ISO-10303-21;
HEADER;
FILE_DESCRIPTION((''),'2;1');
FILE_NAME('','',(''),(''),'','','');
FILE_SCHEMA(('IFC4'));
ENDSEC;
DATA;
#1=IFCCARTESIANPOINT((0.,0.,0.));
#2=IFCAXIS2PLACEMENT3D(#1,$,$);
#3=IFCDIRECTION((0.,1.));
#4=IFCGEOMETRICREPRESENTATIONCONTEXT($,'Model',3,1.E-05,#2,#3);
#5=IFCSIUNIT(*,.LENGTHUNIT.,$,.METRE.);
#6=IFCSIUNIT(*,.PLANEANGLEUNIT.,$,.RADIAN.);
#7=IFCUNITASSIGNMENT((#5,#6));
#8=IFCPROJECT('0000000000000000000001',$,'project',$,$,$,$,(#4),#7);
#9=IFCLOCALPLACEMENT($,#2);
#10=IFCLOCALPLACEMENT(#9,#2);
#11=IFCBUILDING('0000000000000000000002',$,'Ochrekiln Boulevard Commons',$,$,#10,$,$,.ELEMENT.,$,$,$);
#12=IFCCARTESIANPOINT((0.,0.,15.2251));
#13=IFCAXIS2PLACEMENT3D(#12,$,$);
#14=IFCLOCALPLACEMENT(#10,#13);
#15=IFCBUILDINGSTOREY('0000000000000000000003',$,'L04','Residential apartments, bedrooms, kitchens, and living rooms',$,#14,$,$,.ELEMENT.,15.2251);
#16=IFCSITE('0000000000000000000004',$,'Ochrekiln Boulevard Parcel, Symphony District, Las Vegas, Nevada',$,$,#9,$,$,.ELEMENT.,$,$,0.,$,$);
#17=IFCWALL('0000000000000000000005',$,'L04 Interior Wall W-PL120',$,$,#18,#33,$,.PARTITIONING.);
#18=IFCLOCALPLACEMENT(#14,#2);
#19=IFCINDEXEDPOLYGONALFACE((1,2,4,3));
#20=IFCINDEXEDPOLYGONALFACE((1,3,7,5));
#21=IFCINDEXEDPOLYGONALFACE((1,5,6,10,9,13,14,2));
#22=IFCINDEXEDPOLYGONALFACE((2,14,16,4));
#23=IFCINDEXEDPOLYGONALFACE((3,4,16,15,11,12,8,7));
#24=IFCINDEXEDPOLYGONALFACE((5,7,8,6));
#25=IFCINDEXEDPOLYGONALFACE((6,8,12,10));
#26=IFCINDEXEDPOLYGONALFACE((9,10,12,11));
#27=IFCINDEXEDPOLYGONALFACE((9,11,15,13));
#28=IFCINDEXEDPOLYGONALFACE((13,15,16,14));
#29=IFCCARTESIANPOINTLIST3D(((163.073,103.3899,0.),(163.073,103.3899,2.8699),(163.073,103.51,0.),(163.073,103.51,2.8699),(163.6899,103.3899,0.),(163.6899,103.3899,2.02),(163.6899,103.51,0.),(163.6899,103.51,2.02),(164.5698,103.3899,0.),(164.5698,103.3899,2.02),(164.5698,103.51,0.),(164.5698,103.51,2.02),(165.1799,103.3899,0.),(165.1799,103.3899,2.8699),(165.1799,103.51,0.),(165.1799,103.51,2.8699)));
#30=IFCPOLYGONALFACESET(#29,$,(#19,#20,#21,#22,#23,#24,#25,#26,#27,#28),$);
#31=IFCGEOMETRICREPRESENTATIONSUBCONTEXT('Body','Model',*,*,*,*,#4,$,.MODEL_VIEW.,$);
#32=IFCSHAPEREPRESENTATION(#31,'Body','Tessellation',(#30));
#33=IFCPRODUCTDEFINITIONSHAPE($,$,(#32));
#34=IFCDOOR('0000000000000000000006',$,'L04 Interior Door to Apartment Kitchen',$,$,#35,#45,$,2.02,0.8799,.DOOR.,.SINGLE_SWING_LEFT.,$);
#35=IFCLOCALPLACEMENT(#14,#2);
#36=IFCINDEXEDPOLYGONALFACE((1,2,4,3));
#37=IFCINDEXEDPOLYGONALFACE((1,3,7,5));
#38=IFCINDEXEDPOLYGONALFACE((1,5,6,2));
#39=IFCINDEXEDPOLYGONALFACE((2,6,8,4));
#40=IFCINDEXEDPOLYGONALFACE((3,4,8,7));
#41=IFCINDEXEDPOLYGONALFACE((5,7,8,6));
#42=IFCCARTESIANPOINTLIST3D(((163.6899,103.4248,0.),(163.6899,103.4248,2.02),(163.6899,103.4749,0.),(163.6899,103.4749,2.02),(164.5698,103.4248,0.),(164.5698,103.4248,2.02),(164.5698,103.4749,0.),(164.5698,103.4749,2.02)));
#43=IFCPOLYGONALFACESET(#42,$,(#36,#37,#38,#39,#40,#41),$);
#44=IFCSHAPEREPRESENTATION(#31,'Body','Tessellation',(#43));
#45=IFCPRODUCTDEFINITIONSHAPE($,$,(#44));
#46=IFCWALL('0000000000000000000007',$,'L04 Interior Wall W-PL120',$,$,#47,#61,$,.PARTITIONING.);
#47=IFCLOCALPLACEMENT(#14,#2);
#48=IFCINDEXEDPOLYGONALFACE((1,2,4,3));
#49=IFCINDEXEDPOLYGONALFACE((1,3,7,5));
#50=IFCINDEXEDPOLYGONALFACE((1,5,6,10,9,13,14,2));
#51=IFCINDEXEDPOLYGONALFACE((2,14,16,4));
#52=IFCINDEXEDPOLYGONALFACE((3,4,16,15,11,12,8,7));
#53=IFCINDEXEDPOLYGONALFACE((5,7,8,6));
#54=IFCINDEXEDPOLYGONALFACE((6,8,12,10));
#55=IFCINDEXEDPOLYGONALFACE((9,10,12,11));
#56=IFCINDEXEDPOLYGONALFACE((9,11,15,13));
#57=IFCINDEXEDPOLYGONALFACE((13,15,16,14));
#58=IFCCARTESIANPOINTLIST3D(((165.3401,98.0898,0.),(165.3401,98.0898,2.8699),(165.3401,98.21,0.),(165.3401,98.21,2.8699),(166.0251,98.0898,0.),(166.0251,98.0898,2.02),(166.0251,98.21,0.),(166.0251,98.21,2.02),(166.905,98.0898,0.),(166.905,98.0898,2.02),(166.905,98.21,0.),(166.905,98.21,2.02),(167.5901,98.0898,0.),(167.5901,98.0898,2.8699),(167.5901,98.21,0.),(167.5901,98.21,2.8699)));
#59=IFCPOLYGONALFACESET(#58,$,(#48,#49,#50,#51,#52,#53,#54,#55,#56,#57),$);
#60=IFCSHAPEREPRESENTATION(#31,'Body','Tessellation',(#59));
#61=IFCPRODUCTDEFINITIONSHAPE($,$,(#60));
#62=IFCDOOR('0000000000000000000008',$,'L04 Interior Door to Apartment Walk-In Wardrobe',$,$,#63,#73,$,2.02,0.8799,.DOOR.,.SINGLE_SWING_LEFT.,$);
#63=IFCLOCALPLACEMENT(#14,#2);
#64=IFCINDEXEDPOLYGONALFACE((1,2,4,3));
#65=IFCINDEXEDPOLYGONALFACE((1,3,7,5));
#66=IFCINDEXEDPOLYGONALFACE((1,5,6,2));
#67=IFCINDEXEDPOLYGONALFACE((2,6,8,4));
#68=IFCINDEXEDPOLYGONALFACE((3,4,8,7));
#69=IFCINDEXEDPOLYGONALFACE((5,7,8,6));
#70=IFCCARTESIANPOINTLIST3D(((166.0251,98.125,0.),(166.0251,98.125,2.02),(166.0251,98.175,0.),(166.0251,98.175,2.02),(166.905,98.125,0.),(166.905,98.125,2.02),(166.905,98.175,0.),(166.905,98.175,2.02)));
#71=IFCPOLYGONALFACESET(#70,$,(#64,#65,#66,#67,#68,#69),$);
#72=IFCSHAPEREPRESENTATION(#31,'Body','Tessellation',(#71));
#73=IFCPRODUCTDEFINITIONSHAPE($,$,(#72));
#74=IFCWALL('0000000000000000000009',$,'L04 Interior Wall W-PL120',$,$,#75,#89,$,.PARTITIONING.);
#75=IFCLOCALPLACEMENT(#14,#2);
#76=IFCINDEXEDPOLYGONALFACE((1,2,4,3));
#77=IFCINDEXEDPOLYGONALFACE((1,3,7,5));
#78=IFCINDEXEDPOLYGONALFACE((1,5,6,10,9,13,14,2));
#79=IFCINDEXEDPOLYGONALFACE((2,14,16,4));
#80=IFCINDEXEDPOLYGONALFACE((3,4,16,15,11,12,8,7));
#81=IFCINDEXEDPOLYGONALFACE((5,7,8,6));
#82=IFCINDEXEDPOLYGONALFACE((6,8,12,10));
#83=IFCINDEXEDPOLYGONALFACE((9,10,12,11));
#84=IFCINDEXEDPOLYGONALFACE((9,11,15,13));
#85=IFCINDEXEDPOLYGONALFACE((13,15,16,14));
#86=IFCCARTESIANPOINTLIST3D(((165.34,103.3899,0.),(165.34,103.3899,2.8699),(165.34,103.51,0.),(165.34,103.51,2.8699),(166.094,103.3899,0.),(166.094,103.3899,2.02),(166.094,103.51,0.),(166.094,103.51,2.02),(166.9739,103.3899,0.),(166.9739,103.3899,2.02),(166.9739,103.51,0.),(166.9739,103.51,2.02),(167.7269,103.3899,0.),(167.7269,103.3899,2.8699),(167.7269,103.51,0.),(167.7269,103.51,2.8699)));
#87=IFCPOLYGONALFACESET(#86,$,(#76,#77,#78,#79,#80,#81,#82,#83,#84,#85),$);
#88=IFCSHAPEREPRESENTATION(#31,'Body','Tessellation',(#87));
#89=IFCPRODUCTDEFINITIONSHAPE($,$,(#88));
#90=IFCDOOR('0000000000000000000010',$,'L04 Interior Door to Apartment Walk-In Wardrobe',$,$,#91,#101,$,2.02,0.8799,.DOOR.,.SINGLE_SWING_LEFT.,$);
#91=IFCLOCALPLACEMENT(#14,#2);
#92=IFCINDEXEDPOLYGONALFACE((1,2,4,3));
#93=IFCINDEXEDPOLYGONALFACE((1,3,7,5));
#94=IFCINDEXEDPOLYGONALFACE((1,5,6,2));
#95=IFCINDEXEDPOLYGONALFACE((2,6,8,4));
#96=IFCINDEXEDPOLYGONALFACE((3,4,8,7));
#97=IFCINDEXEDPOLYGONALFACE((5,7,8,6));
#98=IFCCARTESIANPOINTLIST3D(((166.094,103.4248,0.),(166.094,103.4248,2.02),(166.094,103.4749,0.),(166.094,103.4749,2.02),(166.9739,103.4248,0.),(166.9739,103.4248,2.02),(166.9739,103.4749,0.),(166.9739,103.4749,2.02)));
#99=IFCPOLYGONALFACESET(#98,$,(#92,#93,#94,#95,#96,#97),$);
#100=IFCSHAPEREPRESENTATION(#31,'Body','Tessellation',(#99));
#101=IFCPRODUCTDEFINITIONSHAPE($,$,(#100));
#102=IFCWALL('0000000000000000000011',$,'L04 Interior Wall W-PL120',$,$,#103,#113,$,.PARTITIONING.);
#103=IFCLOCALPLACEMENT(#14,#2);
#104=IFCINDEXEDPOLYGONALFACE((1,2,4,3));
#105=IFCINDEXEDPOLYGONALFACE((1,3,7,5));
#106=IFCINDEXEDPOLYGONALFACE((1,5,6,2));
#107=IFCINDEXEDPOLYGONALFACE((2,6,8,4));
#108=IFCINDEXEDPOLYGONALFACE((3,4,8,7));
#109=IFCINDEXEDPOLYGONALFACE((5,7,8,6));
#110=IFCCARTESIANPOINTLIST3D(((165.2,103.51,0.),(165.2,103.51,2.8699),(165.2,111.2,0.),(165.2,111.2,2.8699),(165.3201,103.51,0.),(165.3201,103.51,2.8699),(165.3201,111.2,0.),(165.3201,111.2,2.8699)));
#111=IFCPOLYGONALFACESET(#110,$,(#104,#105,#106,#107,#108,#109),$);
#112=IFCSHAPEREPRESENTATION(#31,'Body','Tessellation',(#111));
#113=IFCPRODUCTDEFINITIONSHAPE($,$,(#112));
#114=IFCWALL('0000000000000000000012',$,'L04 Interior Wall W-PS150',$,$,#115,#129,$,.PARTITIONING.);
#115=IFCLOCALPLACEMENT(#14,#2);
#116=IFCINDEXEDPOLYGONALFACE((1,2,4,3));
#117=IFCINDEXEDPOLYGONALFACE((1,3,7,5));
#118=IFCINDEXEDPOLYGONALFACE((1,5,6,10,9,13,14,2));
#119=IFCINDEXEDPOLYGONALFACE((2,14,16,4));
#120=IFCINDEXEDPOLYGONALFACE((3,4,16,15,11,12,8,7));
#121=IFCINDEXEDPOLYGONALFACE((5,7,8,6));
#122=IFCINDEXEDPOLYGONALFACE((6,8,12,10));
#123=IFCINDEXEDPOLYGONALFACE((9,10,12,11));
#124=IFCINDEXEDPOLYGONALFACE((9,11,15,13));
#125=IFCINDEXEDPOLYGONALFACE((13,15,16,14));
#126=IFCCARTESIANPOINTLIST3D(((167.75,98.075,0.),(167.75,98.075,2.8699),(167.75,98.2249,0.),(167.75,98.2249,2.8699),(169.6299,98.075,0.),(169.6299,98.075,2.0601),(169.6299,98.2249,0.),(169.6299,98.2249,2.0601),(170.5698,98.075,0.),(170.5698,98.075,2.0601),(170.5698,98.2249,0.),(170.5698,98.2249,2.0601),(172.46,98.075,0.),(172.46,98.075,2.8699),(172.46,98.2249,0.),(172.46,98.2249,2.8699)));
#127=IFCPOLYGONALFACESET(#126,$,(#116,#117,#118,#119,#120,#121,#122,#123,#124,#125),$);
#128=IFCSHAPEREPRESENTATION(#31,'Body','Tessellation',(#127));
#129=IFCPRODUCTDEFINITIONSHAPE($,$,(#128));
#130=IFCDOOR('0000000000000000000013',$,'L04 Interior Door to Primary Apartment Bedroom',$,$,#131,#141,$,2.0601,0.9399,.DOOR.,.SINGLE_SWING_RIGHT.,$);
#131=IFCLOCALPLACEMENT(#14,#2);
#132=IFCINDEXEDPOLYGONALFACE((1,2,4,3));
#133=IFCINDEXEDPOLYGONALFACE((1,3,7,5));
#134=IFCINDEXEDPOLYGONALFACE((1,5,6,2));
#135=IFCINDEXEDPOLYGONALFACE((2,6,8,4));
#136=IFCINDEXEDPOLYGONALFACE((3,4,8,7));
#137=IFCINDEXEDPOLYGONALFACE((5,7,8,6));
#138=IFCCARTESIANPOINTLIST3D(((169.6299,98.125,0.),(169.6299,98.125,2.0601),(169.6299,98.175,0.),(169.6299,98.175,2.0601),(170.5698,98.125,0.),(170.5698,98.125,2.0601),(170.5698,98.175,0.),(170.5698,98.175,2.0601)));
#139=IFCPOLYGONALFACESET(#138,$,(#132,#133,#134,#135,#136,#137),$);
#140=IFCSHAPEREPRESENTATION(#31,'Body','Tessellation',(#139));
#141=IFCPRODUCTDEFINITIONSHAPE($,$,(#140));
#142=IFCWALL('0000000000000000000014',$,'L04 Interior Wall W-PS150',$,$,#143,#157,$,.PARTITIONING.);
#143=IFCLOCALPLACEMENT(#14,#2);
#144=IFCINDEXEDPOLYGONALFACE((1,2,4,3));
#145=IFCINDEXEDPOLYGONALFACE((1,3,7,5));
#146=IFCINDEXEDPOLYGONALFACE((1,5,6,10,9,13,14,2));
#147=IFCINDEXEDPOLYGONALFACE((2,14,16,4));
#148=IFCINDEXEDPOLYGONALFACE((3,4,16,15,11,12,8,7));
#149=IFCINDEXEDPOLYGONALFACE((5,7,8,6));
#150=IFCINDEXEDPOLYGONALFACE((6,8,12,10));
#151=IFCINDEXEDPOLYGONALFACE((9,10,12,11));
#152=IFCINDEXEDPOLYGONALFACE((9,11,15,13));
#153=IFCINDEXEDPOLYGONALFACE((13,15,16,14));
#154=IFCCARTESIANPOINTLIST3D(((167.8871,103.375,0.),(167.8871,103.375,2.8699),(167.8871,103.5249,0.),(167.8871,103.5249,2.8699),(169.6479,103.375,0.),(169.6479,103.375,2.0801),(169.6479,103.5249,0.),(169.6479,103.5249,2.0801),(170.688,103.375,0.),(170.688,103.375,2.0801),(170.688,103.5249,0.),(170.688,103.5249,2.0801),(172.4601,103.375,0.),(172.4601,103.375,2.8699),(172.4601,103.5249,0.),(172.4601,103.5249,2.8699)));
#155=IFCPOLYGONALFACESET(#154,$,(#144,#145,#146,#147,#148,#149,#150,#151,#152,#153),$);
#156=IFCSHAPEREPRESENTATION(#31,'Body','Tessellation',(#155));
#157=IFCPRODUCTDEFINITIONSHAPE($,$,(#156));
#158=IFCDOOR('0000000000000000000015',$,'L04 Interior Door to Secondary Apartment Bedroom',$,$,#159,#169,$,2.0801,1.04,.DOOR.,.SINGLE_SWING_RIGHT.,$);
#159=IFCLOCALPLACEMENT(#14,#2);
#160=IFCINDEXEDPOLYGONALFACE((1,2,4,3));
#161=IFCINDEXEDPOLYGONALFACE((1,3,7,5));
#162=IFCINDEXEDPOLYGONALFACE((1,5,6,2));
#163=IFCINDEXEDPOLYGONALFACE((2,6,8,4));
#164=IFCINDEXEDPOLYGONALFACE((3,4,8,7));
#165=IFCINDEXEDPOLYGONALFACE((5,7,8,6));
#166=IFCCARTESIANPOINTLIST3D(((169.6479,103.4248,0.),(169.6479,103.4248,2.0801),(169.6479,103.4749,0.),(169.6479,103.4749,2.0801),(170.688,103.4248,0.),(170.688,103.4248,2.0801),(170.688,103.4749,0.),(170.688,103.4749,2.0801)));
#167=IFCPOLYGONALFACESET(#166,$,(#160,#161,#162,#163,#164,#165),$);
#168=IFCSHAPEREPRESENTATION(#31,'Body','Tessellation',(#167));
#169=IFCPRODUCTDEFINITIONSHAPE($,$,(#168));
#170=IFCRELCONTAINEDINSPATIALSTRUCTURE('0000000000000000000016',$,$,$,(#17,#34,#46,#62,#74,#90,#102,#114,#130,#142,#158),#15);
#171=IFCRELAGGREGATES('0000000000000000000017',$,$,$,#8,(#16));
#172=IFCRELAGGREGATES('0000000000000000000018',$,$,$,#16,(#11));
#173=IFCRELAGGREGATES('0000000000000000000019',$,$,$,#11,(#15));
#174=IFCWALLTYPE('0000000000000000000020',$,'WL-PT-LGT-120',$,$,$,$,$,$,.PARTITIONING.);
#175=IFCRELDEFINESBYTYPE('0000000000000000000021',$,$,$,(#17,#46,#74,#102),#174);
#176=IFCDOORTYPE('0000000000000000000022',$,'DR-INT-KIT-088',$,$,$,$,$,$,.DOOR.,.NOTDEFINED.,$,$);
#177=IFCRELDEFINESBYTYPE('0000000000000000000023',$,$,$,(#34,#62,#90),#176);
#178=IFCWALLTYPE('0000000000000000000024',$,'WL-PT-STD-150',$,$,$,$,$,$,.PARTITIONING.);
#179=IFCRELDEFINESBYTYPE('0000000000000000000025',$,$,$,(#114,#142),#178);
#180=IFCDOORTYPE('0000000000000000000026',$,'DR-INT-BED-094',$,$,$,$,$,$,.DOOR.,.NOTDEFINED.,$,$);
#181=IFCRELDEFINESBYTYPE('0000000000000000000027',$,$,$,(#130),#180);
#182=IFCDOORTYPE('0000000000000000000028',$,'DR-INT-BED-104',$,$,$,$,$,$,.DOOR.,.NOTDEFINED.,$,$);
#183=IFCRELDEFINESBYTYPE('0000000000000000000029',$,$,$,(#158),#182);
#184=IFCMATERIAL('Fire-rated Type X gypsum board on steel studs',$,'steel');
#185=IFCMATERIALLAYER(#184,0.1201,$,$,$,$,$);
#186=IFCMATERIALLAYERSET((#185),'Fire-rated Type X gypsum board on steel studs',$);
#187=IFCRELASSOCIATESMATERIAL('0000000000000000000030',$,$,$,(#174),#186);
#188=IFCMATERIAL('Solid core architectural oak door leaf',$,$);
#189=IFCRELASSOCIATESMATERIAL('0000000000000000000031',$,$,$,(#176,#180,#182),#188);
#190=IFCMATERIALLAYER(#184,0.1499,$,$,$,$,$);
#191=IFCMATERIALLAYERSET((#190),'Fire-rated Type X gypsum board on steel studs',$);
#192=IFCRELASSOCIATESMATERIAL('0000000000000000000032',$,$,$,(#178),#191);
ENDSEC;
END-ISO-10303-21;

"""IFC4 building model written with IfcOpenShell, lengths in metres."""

from ifc_helpers import new_model, si_unit, direction, frame, frame_2d, origin, place, context, subcontext, project, spatial, rectangle, extrude, material, layer, layer_set, type_object, element, fill, save


model = new_model("IFC4")

# Units and contexts
model_context = context("Model", 3, precision=1e-05, world=origin(), true_north=direction((0.0, 1.0)))
body_context = subcontext(model_context, "Body", "Model", "MODEL_VIEW")
ifc_project = project(units=[si_unit("LENGTHUNIT", "METRE"), si_unit("PLANEANGLEUNIT", "RADIAN")], contexts=[model_context])

# Site, building, storey
site_placement = place(None, origin())
site = spatial("IfcSite", under=ifc_project, at=site_placement, Name="Ochrekiln Boulevard Parcel, Symphony District, Las Vegas, Nevada", CompositionType="ELEMENT", RefElevation=0.0)
building_placement = place(site_placement, origin())
building = spatial("IfcBuilding", under=site, at=building_placement, Name="Ochrekiln Boulevard Commons", CompositionType="ELEMENT")
storey_placement = place(building_placement, frame((0.0, 0.0, 15.2251)))
storey = spatial("IfcBuildingStorey", under=building, at=storey_placement, Name="L04", Description="Residential apartments, bedrooms, kitchens, and living rooms", CompositionType="ELEMENT", Elevation=15.2251)

# Shared definitions
ifc_material_1 = material(Name="Solid core architectural oak door leaf")
ifc_material_2 = material(Name="Fire-rated Type X gypsum board on steel studs", Category="steel")

# Walls, openings, doors
ifc_layer_1 = layer(ifc_material_2, 0.1201)
ifc_layer_set_1 = layer_set([ifc_layer_1], Name="Fire-rated Type X gypsum board on steel studs")
wall_type_1 = type_object("IfcWallType", Name="WL-PT-LGT-120", PredefinedType="PARTITIONING", material=ifc_layer_set_1)
wall_1_placement = place(storey_placement, frame((163.073, 103.45, 0.0), z_axis=(0.0, 0.0, 1.0), x_axis=(1.0, 0.0, 0.0)))
wall_1 = element("IfcWall", 1, at=wall_1_placement, inside=storey, type_object=wall_type_1, Name="L04 Interior Wall W-PL120", PredefinedType="PARTITIONING", context=body_context, shape_type="SweptSolid", body=[
    extrude(rectangle(XDim=2.1069, YDim=0.1201, at=frame_2d((1.0535, 0.0))), origin(), (0.0, 0.0, 1.0), 2.8699),
])
opening_1_placement = place(wall_1_placement, frame((0.6169, 0.0, 0.0)))
opening_1 = element("IfcOpeningElement", 2, at=opening_1_placement, cuts=wall_1, PredefinedType="OPENING", context=body_context, shape_type="SweptSolid", body=[
    extrude(rectangle(XDim=0.8799, YDim=2.02, at=frame_2d((0.4399, 1.01))), frame((0.0, 0.0701, 0.0), z_axis=(0.0, -1.0, 0.0), x_axis=(1.0, 0.0, 0.0)), (0.0, 0.0, 1.0), 0.1401),
])
door_type_1 = type_object("IfcDoorType", Name="DR-INT-KIT-088", OperationType="NOTDEFINED", PredefinedType="DOOR", material=ifc_material_1)
door_1_placement = place(opening_1_placement, origin())
door_1 = element("IfcDoor", 3, at=door_1_placement, inside=storey, type_object=door_type_1, Name="L04 Interior Door to Apartment Kitchen", OperationType="SINGLE_SWING_LEFT", OverallHeight=2.02, OverallWidth=0.8799, PredefinedType="DOOR", context=body_context, shape_type="SweptSolid", body=[
    extrude(rectangle(XDim=0.8799, YDim=2.02, at=frame_2d((0.4399, 1.01))), frame((0.0, 0.0249, 0.0), z_axis=(0.0, -1.0, 0.0), x_axis=(1.0, 0.0, 0.0)), (0.0, 0.0, 1.0), 0.05),
])
fill(opening_1, door_1)
wall_2_placement = place(storey_placement, frame((165.3401, 98.1499, 0.0), z_axis=(0.0, 0.0, 1.0), x_axis=(1.0, 0.0, 0.0)))
wall_2 = element("IfcWall", 4, at=wall_2_placement, inside=storey, type_object=wall_type_1, Name="L04 Interior Wall W-PL120", PredefinedType="PARTITIONING", context=body_context, shape_type="SweptSolid", body=[
    extrude(rectangle(XDim=2.25, YDim=0.1201, at=frame_2d((1.125, 0.0))), origin(), (0.0, 0.0, 1.0), 2.8699),
])
opening_2_placement = place(wall_2_placement, frame((0.6851, 0.0, 0.0)))
opening_2 = element("IfcOpeningElement", 5, at=opening_2_placement, cuts=wall_2, PredefinedType="OPENING", context=body_context, shape_type="SweptSolid", body=[
    extrude(rectangle(XDim=0.8799, YDim=2.02, at=frame_2d((0.4399, 1.01))), frame((0.0, 0.0701, 0.0), z_axis=(0.0, -1.0, 0.0), x_axis=(1.0, 0.0, 0.0)), (0.0, 0.0, 1.0), 0.1401),
])
door_2_placement = place(opening_2_placement, frame((0.8799, 0.0, 0.0), z_axis=(0.0, 0.0, 1.0), x_axis=(-1.0, 0.0, 0.0)))
door_2 = element("IfcDoor", 6, at=door_2_placement, inside=storey, type_object=door_type_1, Name="L04 Interior Door to Apartment Walk-In Wardrobe", OperationType="SINGLE_SWING_LEFT", OverallHeight=2.02, OverallWidth=0.8799, PredefinedType="DOOR", context=body_context, shape_type="SweptSolid", body=[
    extrude(rectangle(XDim=0.8799, YDim=2.02, at=frame_2d((0.4399, 1.01))), frame((0.0, 0.0249, 0.0), z_axis=(0.0, -1.0, 0.0), x_axis=(1.0, 0.0, 0.0)), (0.0, 0.0, 1.0), 0.05),
])
fill(opening_2, door_2)
wall_3_placement = place(storey_placement, frame((165.3401, 103.45, 0.0), z_axis=(0.0, 0.0, 1.0), x_axis=(1.0, 0.0, 0.0)))
wall_3 = element("IfcWall", 7, at=wall_3_placement, inside=storey, type_object=wall_type_1, Name="L04 Interior Wall W-PL120", PredefinedType="PARTITIONING", context=body_context, shape_type="SweptSolid", body=[
    extrude(rectangle(XDim=2.387, YDim=0.1201, at=frame_2d((1.1934, 0.0))), origin(), (0.0, 0.0, 1.0), 2.8699),
])
opening_3_placement = place(wall_3_placement, frame((0.7539, 0.0, 0.0)))
opening_3 = element("IfcOpeningElement", 8, at=opening_3_placement, cuts=wall_3, PredefinedType="OPENING", context=body_context, shape_type="SweptSolid", body=[
    extrude(rectangle(XDim=0.8799, YDim=2.02, at=frame_2d((0.4399, 1.01))), frame((0.0, 0.0701, 0.0), z_axis=(0.0, -1.0, 0.0), x_axis=(1.0, 0.0, 0.0)), (0.0, 0.0, 1.0), 0.1401),
])
door_3_placement = place(opening_3_placement, origin())
door_3 = element("IfcDoor", 9, at=door_3_placement, inside=storey, type_object=door_type_1, Name="L04 Interior Door to Apartment Walk-In Wardrobe", OperationType="SINGLE_SWING_LEFT", OverallHeight=2.02, OverallWidth=0.8799, PredefinedType="DOOR", context=body_context, shape_type="SweptSolid", body=[
    extrude(rectangle(XDim=0.8799, YDim=2.02, at=frame_2d((0.4399, 1.01))), frame((0.0, 0.0249, 0.0), z_axis=(0.0, -1.0, 0.0), x_axis=(1.0, 0.0, 0.0)), (0.0, 0.0, 1.0), 0.05),
])
fill(opening_3, door_3)

# Wall
wall_4_placement = place(storey_placement, frame((165.26, 103.51, 0.0), z_axis=(0.0, 0.0, 1.0), x_axis=(0.0, 1.0, 0.0)))
element("IfcWall", 10, at=wall_4_placement, inside=storey, type_object=wall_type_1, Name="L04 Interior Wall W-PL120", PredefinedType="PARTITIONING", context=body_context, shape_type="SweptSolid", body=[
    extrude(rectangle(XDim=7.6899, YDim=0.1201, at=frame_2d((3.845, 0.0))), origin(), (0.0, 0.0, 1.0), 2.8699),
])

# Walls, openings, doors
ifc_layer_2 = layer(ifc_material_2, 0.1499)
ifc_layer_set_2 = layer_set([ifc_layer_2], Name="Fire-rated Type X gypsum board on steel studs")
wall_type_2 = type_object("IfcWallType", Name="WL-PT-STD-150", PredefinedType="PARTITIONING", material=ifc_layer_set_2)
wall_5_placement = place(storey_placement, frame((167.75, 98.1499, 0.0), z_axis=(0.0, 0.0, 1.0), x_axis=(1.0, 0.0, 0.0)))
wall_5 = element("IfcWall", 11, at=wall_5_placement, inside=storey, type_object=wall_type_2, Name="L04 Interior Wall W-PS150", PredefinedType="PARTITIONING", context=body_context, shape_type="SweptSolid", body=[
    extrude(rectangle(XDim=4.71, YDim=0.1499, at=frame_2d((2.355, 0.0))), origin(), (0.0, 0.0, 1.0), 2.8699),
])
opening_4_placement = place(wall_5_placement, frame((1.8799, 0.0, 0.0)))
opening_4 = element("IfcOpeningElement", 12, at=opening_4_placement, cuts=wall_5, PredefinedType="OPENING", context=body_context, shape_type="SweptSolid", body=[
    extrude(rectangle(XDim=0.9399, YDim=2.0601, at=frame_2d((0.47, 1.03))), frame((0.0, 0.085, 0.0), z_axis=(0.0, -1.0, 0.0), x_axis=(1.0, 0.0, 0.0)), (0.0, 0.0, 1.0), 0.1699),
])
door_type_2 = type_object("IfcDoorType", Name="DR-INT-BED-094", OperationType="NOTDEFINED", PredefinedType="DOOR", material=ifc_material_1)
door_4_placement = place(opening_4_placement, frame((0.9399, 0.0, 0.0), z_axis=(0.0, 0.0, 1.0), x_axis=(-1.0, 0.0, 0.0)))
door_4 = element("IfcDoor", 13, at=door_4_placement, inside=storey, type_object=door_type_2, Name="L04 Interior Door to Primary Apartment Bedroom", OperationType="SINGLE_SWING_RIGHT", OverallHeight=2.0601, OverallWidth=0.9399, PredefinedType="DOOR", context=body_context, shape_type="SweptSolid", body=[
    extrude(rectangle(XDim=0.9399, YDim=2.0601, at=frame_2d((0.47, 1.03))), frame((0.0, 0.0249, 0.0), z_axis=(0.0, -1.0, 0.0), x_axis=(1.0, 0.0, 0.0)), (0.0, 0.0, 1.0), 0.05),
])
fill(opening_4, door_4)
wall_6_placement = place(storey_placement, frame((167.887, 103.45, 0.0), z_axis=(0.0, 0.0, 1.0), x_axis=(1.0, 0.0, 0.0)))
wall_6 = element("IfcWall", 14, at=wall_6_placement, inside=storey, type_object=wall_type_2, Name="L04 Interior Wall W-PS150", PredefinedType="PARTITIONING", context=body_context, shape_type="SweptSolid", body=[
    extrude(rectangle(XDim=4.573, YDim=0.1499, at=frame_2d((2.2866, 0.0))), origin(), (0.0, 0.0, 1.0), 2.8699),
])
opening_5_placement = place(wall_6_placement, frame((1.761, 0.0, 0.0)))
opening_5 = element("IfcOpeningElement", 15, at=opening_5_placement, cuts=wall_6, PredefinedType="OPENING", context=body_context, shape_type="SweptSolid", body=[
    extrude(rectangle(XDim=1.04, YDim=2.0801, at=frame_2d((0.52, 1.04))), frame((0.0, 0.085, 0.0), z_axis=(0.0, -1.0, 0.0), x_axis=(1.0, 0.0, 0.0)), (0.0, 0.0, 1.0), 0.1699),
])
door_type_3 = type_object("IfcDoorType", Name="DR-INT-BED-104", OperationType="NOTDEFINED", PredefinedType="DOOR", material=ifc_material_1)
door_5_placement = place(opening_5_placement, origin())
door_5 = element("IfcDoor", 16, at=door_5_placement, inside=storey, type_object=door_type_3, Name="L04 Interior Door to Secondary Apartment Bedroom", OperationType="SINGLE_SWING_RIGHT", OverallHeight=2.0801, OverallWidth=1.04, PredefinedType="DOOR", context=body_context, shape_type="SweptSolid", body=[
    extrude(rectangle(XDim=1.04, YDim=2.0801, at=frame_2d((0.52, 1.04))), frame((0.0, 0.0249, 0.0), z_axis=(0.0, -1.0, 0.0), x_axis=(1.0, 0.0, 0.0)), (0.0, 0.0, 1.0), 0.05),
])
fill(opening_5, door_5)

save(model, "model.ifc")
